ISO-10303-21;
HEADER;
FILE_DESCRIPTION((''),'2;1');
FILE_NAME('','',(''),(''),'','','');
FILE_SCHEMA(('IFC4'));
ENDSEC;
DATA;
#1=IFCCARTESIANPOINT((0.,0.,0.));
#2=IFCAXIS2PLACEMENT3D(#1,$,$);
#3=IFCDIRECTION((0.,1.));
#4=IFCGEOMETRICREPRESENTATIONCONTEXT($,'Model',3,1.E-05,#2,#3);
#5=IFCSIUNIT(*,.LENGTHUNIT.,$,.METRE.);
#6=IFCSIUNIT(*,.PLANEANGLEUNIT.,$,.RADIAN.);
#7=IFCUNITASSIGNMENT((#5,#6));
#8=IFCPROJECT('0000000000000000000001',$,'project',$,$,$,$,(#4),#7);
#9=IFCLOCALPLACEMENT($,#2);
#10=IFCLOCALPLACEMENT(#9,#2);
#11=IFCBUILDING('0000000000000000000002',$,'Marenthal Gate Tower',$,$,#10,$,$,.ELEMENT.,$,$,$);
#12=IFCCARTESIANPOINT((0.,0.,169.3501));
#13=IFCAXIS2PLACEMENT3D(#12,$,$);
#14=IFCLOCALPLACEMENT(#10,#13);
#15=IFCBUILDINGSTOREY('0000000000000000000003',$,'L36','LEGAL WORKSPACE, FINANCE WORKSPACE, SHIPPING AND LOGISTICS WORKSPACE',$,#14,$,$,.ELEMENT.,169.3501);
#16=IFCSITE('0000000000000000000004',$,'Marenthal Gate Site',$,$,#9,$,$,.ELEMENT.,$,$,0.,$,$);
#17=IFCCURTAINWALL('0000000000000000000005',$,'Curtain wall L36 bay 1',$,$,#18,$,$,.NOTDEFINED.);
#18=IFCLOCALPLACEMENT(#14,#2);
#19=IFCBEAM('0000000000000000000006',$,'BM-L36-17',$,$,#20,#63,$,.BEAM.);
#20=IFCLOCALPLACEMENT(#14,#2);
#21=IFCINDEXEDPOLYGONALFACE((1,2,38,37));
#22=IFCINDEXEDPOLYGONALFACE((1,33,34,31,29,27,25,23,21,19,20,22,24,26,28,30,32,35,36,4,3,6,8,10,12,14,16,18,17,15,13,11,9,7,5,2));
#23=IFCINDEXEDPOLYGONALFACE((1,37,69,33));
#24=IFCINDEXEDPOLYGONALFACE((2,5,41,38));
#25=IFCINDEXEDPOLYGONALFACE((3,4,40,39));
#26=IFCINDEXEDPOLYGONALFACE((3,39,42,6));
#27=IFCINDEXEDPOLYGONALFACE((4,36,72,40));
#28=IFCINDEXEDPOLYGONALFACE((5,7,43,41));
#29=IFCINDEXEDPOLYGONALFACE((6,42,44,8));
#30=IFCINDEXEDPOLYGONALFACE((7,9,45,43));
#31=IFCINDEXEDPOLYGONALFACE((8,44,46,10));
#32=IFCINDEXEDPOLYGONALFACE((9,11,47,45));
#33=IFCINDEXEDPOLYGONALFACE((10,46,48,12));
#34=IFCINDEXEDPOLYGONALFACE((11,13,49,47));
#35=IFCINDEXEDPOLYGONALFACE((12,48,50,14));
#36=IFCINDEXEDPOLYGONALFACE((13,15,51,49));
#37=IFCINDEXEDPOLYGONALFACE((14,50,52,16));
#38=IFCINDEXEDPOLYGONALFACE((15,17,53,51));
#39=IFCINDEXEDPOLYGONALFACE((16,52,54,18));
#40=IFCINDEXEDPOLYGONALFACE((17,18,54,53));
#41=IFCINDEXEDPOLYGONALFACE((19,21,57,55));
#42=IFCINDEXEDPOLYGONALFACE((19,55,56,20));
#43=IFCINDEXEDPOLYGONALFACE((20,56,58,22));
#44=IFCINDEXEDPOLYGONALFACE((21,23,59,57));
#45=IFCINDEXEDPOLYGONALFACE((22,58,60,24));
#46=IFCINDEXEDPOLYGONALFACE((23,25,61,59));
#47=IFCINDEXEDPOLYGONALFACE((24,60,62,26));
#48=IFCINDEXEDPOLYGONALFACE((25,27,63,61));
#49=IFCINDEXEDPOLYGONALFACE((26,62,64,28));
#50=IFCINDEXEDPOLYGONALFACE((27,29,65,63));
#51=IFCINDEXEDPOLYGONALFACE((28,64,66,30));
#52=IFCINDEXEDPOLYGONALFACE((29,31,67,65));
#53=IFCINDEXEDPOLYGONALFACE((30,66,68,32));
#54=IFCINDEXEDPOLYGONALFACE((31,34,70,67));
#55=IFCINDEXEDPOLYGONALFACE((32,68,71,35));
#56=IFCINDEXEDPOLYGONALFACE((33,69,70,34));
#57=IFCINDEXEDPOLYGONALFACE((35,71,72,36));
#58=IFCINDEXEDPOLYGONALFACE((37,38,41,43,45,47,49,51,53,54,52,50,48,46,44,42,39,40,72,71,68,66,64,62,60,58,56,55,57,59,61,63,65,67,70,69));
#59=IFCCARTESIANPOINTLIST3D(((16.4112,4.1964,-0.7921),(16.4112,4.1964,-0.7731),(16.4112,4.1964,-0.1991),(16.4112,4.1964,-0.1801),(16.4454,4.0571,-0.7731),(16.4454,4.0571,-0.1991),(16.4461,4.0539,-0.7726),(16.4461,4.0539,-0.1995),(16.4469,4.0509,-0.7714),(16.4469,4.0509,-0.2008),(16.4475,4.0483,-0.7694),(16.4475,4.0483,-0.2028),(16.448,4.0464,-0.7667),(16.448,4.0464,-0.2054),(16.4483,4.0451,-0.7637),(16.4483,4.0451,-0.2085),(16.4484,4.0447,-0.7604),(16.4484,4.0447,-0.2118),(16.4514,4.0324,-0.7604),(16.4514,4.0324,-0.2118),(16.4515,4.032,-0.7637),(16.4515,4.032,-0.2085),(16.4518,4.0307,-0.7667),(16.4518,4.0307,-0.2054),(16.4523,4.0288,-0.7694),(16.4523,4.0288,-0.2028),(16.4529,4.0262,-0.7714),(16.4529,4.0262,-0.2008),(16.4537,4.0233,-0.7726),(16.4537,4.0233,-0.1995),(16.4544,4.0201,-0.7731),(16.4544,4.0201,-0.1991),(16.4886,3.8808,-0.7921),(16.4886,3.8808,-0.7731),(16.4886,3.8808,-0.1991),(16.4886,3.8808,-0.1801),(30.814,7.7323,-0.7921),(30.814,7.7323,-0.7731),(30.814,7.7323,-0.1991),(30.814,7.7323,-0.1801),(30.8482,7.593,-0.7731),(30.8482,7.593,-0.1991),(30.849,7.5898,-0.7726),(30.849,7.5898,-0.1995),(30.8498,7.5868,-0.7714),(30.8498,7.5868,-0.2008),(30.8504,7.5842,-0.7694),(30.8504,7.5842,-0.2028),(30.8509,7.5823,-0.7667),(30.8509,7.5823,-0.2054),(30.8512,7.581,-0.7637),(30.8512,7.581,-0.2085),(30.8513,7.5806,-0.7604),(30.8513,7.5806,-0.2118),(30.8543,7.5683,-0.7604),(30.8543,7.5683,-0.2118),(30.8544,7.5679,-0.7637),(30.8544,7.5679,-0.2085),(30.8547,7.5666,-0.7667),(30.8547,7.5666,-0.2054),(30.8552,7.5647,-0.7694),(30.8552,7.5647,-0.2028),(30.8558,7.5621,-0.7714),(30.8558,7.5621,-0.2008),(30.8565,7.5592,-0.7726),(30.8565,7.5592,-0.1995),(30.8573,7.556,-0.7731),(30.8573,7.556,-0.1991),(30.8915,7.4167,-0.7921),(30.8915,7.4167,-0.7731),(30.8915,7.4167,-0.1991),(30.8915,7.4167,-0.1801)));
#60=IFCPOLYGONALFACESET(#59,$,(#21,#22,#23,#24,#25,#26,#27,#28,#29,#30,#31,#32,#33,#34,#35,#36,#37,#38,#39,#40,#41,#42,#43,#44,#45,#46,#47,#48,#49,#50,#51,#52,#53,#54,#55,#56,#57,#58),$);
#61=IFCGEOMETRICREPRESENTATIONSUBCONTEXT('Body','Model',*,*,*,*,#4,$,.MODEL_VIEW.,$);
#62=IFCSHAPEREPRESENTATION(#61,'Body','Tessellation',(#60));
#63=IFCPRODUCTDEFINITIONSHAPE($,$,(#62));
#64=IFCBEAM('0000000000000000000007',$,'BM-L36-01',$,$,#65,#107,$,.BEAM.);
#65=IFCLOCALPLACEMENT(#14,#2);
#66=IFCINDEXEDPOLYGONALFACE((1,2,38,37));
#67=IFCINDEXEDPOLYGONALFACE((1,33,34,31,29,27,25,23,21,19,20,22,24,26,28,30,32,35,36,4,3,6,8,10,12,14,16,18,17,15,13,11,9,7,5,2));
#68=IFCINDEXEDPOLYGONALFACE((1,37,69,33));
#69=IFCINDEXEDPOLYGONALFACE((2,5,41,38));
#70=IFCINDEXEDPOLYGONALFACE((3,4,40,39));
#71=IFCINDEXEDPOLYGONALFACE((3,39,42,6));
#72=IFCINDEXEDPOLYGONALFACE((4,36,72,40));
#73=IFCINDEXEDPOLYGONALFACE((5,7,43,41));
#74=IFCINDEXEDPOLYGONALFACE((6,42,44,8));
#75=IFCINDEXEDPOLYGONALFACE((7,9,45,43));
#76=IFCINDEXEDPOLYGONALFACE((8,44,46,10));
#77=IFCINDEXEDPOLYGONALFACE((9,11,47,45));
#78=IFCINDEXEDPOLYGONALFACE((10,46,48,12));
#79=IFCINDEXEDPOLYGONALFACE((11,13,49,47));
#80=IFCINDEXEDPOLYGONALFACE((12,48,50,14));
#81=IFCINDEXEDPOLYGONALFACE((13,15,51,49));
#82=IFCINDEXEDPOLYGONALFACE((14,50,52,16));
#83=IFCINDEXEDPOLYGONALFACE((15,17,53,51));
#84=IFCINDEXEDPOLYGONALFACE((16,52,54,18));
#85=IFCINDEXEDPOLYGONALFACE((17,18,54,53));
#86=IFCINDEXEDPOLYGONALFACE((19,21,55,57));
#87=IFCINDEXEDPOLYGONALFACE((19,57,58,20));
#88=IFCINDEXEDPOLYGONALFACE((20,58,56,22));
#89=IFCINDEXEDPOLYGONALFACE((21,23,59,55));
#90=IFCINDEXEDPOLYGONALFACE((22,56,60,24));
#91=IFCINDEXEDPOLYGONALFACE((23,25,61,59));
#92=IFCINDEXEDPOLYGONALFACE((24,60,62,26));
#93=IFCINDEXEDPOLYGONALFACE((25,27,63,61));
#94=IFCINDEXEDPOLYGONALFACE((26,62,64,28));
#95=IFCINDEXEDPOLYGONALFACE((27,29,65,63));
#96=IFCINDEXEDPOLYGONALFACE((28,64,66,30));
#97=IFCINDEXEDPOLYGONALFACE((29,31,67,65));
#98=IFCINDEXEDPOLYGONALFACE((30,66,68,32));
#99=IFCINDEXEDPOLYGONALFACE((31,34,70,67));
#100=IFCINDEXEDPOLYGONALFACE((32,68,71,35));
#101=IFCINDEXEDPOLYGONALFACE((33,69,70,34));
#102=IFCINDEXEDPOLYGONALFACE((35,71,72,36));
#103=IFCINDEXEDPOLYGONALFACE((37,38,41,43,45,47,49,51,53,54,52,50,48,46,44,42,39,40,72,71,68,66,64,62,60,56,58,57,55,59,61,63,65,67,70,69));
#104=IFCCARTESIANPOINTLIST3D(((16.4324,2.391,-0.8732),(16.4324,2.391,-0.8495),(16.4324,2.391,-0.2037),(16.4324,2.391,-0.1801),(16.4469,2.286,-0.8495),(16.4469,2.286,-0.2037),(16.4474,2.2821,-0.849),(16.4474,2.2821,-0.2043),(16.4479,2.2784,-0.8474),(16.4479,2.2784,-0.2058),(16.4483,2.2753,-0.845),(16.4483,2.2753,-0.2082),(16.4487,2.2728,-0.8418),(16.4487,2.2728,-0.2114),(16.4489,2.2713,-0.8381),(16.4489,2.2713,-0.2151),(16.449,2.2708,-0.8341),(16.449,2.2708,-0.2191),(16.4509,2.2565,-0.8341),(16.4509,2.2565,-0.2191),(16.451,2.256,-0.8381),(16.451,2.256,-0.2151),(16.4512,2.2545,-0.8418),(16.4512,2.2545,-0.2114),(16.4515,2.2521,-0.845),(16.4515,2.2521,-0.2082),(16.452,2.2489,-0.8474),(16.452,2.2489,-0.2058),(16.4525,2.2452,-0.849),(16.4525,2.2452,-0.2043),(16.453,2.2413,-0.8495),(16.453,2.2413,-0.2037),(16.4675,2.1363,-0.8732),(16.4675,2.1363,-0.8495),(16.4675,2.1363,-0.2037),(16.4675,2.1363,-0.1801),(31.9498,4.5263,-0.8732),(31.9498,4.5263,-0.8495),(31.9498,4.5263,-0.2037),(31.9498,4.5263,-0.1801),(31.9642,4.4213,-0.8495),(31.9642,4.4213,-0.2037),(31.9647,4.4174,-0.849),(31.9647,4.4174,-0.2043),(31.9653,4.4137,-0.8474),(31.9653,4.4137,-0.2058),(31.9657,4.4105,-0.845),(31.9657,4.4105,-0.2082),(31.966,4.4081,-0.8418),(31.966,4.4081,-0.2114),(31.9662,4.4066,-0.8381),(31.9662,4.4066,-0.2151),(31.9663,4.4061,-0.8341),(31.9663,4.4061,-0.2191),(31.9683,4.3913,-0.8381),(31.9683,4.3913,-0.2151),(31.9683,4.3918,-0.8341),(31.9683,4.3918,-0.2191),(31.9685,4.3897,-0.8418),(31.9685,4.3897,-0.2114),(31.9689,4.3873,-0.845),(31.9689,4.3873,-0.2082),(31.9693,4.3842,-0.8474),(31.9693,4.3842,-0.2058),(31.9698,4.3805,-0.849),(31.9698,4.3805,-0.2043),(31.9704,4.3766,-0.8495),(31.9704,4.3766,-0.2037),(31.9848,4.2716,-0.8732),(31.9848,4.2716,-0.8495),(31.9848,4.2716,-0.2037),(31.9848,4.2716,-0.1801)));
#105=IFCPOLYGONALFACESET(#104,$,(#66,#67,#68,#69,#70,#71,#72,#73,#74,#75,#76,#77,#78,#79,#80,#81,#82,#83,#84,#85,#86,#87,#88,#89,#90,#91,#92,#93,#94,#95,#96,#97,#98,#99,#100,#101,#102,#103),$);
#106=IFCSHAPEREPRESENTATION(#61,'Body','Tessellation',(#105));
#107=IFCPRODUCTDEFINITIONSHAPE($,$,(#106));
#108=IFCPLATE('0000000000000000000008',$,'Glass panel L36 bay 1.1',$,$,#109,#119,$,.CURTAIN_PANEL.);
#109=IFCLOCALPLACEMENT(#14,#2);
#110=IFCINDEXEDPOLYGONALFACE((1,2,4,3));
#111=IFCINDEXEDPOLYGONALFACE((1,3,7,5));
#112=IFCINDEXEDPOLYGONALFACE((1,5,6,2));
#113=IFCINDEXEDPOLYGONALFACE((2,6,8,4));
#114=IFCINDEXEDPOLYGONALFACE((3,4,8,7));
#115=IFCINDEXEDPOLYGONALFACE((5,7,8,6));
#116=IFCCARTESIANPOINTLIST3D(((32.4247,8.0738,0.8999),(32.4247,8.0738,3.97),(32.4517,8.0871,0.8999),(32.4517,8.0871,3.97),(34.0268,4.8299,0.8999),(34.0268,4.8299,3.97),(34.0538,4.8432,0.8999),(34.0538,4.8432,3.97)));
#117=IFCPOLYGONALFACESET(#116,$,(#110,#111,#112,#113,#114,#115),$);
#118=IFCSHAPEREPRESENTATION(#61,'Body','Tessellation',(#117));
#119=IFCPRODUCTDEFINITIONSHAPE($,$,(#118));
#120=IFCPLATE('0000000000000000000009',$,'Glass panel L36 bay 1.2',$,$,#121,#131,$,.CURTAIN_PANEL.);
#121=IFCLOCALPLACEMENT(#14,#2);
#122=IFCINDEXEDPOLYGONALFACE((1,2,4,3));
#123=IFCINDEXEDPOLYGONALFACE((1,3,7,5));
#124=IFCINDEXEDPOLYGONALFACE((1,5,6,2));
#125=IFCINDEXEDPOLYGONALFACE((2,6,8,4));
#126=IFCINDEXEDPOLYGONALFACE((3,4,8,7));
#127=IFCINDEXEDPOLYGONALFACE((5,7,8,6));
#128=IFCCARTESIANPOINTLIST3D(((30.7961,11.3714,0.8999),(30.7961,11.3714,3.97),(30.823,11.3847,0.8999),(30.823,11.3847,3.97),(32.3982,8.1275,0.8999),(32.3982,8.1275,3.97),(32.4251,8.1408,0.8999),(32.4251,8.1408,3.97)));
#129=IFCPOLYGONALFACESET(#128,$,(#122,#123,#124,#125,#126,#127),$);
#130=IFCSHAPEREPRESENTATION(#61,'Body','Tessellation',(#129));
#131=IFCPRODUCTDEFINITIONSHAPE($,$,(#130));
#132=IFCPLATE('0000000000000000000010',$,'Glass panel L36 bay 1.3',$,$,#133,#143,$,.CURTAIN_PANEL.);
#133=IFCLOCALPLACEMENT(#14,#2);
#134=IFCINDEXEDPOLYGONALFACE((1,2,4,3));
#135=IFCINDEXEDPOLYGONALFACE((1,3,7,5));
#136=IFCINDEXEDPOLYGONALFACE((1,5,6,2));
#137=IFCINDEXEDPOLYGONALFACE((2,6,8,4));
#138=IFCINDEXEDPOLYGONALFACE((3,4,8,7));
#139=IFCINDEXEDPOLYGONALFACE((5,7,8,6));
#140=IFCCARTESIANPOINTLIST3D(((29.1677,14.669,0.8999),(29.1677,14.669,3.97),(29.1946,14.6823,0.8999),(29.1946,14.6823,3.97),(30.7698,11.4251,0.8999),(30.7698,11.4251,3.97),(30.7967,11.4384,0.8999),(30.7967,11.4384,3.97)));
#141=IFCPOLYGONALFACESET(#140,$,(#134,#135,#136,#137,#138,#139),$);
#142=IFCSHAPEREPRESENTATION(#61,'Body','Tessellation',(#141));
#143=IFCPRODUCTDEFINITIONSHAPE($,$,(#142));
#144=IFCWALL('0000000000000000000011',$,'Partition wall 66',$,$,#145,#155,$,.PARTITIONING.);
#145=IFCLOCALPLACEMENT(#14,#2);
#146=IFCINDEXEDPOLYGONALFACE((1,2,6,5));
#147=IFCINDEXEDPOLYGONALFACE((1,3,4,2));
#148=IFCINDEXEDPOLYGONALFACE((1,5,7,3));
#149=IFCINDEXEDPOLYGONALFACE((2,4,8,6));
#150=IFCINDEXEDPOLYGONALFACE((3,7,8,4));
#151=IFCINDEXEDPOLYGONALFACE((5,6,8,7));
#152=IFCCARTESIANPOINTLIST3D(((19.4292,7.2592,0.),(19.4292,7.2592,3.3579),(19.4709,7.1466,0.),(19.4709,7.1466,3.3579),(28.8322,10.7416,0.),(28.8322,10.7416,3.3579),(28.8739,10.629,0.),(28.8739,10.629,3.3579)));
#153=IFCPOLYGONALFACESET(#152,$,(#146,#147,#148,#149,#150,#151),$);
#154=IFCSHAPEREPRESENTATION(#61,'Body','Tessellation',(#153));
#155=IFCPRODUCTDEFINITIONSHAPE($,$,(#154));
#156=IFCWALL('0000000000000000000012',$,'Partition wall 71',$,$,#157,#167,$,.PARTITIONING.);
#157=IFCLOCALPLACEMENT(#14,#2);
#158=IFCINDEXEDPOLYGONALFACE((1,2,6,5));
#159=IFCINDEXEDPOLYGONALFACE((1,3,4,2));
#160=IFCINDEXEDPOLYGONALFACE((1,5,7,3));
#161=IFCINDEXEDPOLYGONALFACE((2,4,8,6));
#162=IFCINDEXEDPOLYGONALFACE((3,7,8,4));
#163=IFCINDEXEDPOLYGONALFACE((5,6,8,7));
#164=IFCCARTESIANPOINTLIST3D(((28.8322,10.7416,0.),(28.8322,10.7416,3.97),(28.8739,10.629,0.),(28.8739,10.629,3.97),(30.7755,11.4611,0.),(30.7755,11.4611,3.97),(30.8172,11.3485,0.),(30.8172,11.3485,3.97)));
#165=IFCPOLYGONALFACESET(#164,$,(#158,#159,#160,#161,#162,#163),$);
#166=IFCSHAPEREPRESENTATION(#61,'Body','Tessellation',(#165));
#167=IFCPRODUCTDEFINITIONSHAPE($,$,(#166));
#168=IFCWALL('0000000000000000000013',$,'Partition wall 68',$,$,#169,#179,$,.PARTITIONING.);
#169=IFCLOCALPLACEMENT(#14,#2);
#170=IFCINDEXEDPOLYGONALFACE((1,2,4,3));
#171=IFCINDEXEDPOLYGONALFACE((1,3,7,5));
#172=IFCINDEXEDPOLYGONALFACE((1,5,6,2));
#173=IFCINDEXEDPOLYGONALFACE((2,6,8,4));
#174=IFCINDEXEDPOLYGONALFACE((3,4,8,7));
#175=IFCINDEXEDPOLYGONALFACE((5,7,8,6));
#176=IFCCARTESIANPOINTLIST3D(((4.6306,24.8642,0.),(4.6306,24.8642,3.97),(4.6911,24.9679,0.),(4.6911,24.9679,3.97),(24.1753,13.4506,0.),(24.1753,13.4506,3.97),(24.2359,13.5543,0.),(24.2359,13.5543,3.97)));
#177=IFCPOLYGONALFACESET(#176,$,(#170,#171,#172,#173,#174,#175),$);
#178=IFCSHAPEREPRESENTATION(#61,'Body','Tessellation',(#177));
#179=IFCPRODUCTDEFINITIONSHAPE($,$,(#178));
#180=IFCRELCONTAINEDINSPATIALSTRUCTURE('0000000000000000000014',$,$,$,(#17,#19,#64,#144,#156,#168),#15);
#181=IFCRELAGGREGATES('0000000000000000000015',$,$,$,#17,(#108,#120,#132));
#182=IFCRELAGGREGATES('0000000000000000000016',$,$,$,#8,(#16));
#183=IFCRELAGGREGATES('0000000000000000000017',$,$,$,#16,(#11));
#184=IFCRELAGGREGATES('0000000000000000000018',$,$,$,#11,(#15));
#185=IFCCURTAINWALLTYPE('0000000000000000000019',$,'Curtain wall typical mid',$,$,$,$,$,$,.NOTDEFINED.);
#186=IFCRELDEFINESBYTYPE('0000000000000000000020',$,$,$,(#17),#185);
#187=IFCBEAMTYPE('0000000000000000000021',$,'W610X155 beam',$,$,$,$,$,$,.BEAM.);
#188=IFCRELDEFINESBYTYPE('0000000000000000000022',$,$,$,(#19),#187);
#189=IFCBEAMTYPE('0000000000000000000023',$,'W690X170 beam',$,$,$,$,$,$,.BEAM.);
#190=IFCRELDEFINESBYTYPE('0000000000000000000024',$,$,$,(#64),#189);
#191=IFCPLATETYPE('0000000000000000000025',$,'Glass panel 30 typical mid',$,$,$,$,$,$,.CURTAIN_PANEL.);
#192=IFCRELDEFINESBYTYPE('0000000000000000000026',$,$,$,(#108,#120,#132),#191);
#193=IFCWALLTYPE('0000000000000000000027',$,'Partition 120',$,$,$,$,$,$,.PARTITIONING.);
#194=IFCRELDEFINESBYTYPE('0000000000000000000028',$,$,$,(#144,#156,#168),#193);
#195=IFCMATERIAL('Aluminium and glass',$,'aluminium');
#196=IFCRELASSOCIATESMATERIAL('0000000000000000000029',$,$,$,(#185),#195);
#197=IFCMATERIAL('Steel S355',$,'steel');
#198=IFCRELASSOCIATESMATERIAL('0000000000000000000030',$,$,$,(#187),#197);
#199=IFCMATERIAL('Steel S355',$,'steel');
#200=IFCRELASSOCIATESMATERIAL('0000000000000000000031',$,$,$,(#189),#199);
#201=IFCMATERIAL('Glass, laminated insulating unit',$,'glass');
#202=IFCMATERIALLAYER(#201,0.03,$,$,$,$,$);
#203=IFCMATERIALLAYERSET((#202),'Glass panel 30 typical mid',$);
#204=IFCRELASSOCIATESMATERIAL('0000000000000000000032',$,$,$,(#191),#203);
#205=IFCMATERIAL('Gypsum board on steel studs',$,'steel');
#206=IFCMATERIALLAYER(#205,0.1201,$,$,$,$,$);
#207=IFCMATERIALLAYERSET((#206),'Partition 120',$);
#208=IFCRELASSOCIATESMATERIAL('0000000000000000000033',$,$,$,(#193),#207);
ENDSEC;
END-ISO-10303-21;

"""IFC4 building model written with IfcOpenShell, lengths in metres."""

from ifc_helpers import new_model, si_unit, direction, frame, frame_2d, origin, origin_2d, place, context, subcontext, project, spatial, rectangle, i_section, extrude, material, layer, layer_set, material_profile, profile_set, type_object, element, aggregate, save


model = new_model("IFC4")

# Units and contexts
model_context = context("Model", 3, precision=1e-05, world=origin(), true_north=direction((0.0, 1.0)))
body_context = subcontext(model_context, "Body", "Model", "MODEL_VIEW")
ifc_project = project(units=[si_unit("LENGTHUNIT", "METRE"), si_unit("PLANEANGLEUNIT", "RADIAN")], contexts=[model_context])

# Site, building, storey
site_placement = place(None, origin())
site = spatial("IfcSite", under=ifc_project, at=site_placement, Name="Marenthal Gate Site", CompositionType="ELEMENT", RefElevation=0.0)
building_placement = place(site_placement, origin())
building = spatial("IfcBuilding", under=site, at=building_placement, Name="Marenthal Gate Tower", CompositionType="ELEMENT")
storey_placement = place(building_placement, frame((0.0, 0.0, 169.3501)))
storey = spatial("IfcBuildingStorey", under=building, at=storey_placement, Name="L36", Description="LEGAL WORKSPACE, FINANCE WORKSPACE, SHIPPING AND LOGISTICS WORKSPACE", CompositionType="ELEMENT", Elevation=169.3501)

# Curtain wall
ifc_material_1 = material(Name="Aluminium and glass", Category="aluminium")
curtain_wall_type = type_object("IfcCurtainWallType", Name="Curtain wall typical mid", PredefinedType="NOTDEFINED", material=ifc_material_1)
curtain_wall_placement = place(storey_placement, origin())
curtain_wall = element("IfcCurtainWall", 1, at=curtain_wall_placement, inside=storey, type_object=curtain_wall_type, Name="Curtain wall L36 bay 1", PredefinedType="NOTDEFINED")

# Beams
ifc_material_2 = material(Name="Steel S355", Category="steel")
ifc_material_profile_1 = material_profile(ifc_material_2, i_section(OverallWidth=0.325, OverallDepth=0.6121, WebThickness=0.0127, FlangeThickness=0.019, FilletRadius=0.0127, at=origin_2d()), Name="W610X155")
ifc_profile_set_1 = profile_set([ifc_material_profile_1], Name="Steel S355")
beam_type_1 = type_object("IfcBeamType", Name="W610X155 beam", PredefinedType="BEAM", material=ifc_profile_set_1)
beam_1_placement = place(storey_placement, frame((30.8528, 7.5745, -0.4861), z_axis=(-0.971162, -0.23842, 0.0), x_axis=(0.23842, -0.971162, 0.0)))
element("IfcBeam", 2, at=beam_1_placement, inside=storey, type_object=beam_type_1, Name="BM-L36-17", PredefinedType="BEAM", context=body_context, shape_type="SweptSolid", body=[
    extrude(i_section(OverallWidth=0.325, OverallDepth=0.6121, WebThickness=0.0127, FlangeThickness=0.019, FilletRadius=0.0127, at=origin_2d()), origin(), (0.0, 0.0, 1.0), 14.8306),
])
ifc_material_3 = material(Name="Steel S355", Category="steel")
ifc_material_profile_2 = material_profile(ifc_material_3, i_section(OverallWidth=0.2571, OverallDepth=0.6931, WebThickness=0.0144, FlangeThickness=0.0237, FilletRadius=0.0154, at=origin_2d()), Name="W690X170")
ifc_profile_set_2 = profile_set([ifc_material_profile_2], Name="Steel S355")
beam_type_2 = type_object("IfcBeamType", Name="W690X170 beam", PredefinedType="BEAM", material=ifc_profile_set_2)
beam_2_placement = place(storey_placement, frame((31.9673, 4.3989, -0.5266), z_axis=(-0.990665, -0.13632, 0.0), x_axis=(0.13632, -0.990665, 0.0)))
element("IfcBeam", 3, at=beam_2_placement, inside=storey, type_object=beam_type_2, Name="BM-L36-01", PredefinedType="BEAM", context=body_context, shape_type="SweptSolid", body=[
    extrude(i_section(OverallWidth=0.2571, OverallDepth=0.6931, WebThickness=0.0144, FlangeThickness=0.0237, FilletRadius=0.0154, at=origin_2d()), origin(), (0.0, 0.0, 1.0), 15.6636),
])

# Plates
ifc_material_4 = material(Name="Glass, laminated insulating unit", Category="glass")
ifc_layer_1 = layer(ifc_material_4, 0.03)
ifc_layer_set_1 = layer_set([ifc_layer_1], Name="Glass panel 30 typical mid")
plate_type = type_object("IfcPlateType", Name="Glass panel 30 typical mid", PredefinedType="CURTAIN_PANEL", material=ifc_layer_set_1)
plate_1_placement = place(storey_placement, frame((33.2393, 6.4585, 0.8999), z_axis=(0.0, 0.0, 1.0), x_axis=(-0.442824, 0.896609, 0.0)))
plate_1 = element("IfcPlate", 4, at=plate_1_placement, type_object=plate_type, Name="Glass panel L36 bay 1.1", PredefinedType="CURTAIN_PANEL", context=body_context, shape_type="SweptSolid", body=[
    extrude(rectangle(XDim=3.6179, YDim=0.03, at=origin_2d()), origin(), (0.0, 0.0, 1.0), 3.0701),
])
plate_2_placement = place(storey_placement, frame((31.6106, 9.7561, 0.8999), z_axis=(0.0, 0.0, 1.0), x_axis=(-0.442824, 0.896609, 0.0)))
plate_2 = element("IfcPlate", 5, at=plate_2_placement, type_object=plate_type, Name="Glass panel L36 bay 1.2", PredefinedType="CURTAIN_PANEL", context=body_context, shape_type="SweptSolid", body=[
    extrude(rectangle(XDim=3.6179, YDim=0.03, at=origin_2d()), origin(), (0.0, 0.0, 1.0), 3.0701),
])
plate_3_placement = place(storey_placement, frame((29.9822, 13.0537, 0.8999), z_axis=(0.0, 0.0, 1.0), x_axis=(-0.442824, 0.896609, 0.0)))
plate_3 = element("IfcPlate", 6, at=plate_3_placement, type_object=plate_type, Name="Glass panel L36 bay 1.3", PredefinedType="CURTAIN_PANEL", context=body_context, shape_type="SweptSolid", body=[
    extrude(rectangle(XDim=3.6179, YDim=0.03, at=origin_2d()), origin(), (0.0, 0.0, 1.0), 3.0701),
])
aggregate(curtain_wall, [plate_1, plate_2, plate_3])

# Walls
ifc_material_5 = material(Name="Gypsum board on steel studs", Category="steel")
ifc_layer_2 = layer(ifc_material_5, 0.1201)
ifc_layer_set_2 = layer_set([ifc_layer_2], Name="Partition 120")
wall_type = type_object("IfcWallType", Name="Partition 120", PredefinedType="PARTITIONING", material=ifc_layer_set_2)
wall_1_placement = place(storey_placement, frame((19.45, 7.2029, 0.0), z_axis=(0.0, 0.0, 1.0), x_axis=(0.937755, 0.347297, 0.0)))
element("IfcWall", 7, at=wall_1_placement, inside=storey, type_object=wall_type, Name="Partition wall 66", PredefinedType="PARTITIONING", context=body_context, shape_type="SweptSolid", body=[
    extrude(rectangle(XDim=10.0271, YDim=0.1201, at=frame_2d((5.0137, 0.0))), origin(), (0.0, 0.0, 1.0), 3.3579),
])
wall_2_placement = place(storey_placement, frame((28.853, 10.6853, 0.0), z_axis=(0.0, 0.0, 1.0), x_axis=(0.937793, 0.347195, 0.0)))
element("IfcWall", 8, at=wall_2_placement, inside=storey, type_object=wall_type, Name="Partition wall 71", PredefinedType="PARTITIONING", context=body_context, shape_type="SweptSolid", body=[
    extrude(rectangle(XDim=2.0723, YDim=0.1201, at=frame_2d((1.0361, 0.0))), origin(), (0.0, 0.0, 1.0), 3.97),
])
wall_3_placement = place(storey_placement, frame((24.2056, 13.5024, 0.0), z_axis=(0.0, 0.0, 1.0), x_axis=(-0.863538, 0.504283, 0.0)))
element("IfcWall", 9, at=wall_3_placement, inside=storey, type_object=wall_type, Name="Partition wall 68", PredefinedType="PARTITIONING", context=body_context, shape_type="SweptSolid", body=[
    extrude(rectangle(XDim=22.6333, YDim=0.1201, at=frame_2d((11.3167, 0.0))), origin(), (0.0, 0.0, 1.0), 3.97),
])

save(model, "model.ifc")
